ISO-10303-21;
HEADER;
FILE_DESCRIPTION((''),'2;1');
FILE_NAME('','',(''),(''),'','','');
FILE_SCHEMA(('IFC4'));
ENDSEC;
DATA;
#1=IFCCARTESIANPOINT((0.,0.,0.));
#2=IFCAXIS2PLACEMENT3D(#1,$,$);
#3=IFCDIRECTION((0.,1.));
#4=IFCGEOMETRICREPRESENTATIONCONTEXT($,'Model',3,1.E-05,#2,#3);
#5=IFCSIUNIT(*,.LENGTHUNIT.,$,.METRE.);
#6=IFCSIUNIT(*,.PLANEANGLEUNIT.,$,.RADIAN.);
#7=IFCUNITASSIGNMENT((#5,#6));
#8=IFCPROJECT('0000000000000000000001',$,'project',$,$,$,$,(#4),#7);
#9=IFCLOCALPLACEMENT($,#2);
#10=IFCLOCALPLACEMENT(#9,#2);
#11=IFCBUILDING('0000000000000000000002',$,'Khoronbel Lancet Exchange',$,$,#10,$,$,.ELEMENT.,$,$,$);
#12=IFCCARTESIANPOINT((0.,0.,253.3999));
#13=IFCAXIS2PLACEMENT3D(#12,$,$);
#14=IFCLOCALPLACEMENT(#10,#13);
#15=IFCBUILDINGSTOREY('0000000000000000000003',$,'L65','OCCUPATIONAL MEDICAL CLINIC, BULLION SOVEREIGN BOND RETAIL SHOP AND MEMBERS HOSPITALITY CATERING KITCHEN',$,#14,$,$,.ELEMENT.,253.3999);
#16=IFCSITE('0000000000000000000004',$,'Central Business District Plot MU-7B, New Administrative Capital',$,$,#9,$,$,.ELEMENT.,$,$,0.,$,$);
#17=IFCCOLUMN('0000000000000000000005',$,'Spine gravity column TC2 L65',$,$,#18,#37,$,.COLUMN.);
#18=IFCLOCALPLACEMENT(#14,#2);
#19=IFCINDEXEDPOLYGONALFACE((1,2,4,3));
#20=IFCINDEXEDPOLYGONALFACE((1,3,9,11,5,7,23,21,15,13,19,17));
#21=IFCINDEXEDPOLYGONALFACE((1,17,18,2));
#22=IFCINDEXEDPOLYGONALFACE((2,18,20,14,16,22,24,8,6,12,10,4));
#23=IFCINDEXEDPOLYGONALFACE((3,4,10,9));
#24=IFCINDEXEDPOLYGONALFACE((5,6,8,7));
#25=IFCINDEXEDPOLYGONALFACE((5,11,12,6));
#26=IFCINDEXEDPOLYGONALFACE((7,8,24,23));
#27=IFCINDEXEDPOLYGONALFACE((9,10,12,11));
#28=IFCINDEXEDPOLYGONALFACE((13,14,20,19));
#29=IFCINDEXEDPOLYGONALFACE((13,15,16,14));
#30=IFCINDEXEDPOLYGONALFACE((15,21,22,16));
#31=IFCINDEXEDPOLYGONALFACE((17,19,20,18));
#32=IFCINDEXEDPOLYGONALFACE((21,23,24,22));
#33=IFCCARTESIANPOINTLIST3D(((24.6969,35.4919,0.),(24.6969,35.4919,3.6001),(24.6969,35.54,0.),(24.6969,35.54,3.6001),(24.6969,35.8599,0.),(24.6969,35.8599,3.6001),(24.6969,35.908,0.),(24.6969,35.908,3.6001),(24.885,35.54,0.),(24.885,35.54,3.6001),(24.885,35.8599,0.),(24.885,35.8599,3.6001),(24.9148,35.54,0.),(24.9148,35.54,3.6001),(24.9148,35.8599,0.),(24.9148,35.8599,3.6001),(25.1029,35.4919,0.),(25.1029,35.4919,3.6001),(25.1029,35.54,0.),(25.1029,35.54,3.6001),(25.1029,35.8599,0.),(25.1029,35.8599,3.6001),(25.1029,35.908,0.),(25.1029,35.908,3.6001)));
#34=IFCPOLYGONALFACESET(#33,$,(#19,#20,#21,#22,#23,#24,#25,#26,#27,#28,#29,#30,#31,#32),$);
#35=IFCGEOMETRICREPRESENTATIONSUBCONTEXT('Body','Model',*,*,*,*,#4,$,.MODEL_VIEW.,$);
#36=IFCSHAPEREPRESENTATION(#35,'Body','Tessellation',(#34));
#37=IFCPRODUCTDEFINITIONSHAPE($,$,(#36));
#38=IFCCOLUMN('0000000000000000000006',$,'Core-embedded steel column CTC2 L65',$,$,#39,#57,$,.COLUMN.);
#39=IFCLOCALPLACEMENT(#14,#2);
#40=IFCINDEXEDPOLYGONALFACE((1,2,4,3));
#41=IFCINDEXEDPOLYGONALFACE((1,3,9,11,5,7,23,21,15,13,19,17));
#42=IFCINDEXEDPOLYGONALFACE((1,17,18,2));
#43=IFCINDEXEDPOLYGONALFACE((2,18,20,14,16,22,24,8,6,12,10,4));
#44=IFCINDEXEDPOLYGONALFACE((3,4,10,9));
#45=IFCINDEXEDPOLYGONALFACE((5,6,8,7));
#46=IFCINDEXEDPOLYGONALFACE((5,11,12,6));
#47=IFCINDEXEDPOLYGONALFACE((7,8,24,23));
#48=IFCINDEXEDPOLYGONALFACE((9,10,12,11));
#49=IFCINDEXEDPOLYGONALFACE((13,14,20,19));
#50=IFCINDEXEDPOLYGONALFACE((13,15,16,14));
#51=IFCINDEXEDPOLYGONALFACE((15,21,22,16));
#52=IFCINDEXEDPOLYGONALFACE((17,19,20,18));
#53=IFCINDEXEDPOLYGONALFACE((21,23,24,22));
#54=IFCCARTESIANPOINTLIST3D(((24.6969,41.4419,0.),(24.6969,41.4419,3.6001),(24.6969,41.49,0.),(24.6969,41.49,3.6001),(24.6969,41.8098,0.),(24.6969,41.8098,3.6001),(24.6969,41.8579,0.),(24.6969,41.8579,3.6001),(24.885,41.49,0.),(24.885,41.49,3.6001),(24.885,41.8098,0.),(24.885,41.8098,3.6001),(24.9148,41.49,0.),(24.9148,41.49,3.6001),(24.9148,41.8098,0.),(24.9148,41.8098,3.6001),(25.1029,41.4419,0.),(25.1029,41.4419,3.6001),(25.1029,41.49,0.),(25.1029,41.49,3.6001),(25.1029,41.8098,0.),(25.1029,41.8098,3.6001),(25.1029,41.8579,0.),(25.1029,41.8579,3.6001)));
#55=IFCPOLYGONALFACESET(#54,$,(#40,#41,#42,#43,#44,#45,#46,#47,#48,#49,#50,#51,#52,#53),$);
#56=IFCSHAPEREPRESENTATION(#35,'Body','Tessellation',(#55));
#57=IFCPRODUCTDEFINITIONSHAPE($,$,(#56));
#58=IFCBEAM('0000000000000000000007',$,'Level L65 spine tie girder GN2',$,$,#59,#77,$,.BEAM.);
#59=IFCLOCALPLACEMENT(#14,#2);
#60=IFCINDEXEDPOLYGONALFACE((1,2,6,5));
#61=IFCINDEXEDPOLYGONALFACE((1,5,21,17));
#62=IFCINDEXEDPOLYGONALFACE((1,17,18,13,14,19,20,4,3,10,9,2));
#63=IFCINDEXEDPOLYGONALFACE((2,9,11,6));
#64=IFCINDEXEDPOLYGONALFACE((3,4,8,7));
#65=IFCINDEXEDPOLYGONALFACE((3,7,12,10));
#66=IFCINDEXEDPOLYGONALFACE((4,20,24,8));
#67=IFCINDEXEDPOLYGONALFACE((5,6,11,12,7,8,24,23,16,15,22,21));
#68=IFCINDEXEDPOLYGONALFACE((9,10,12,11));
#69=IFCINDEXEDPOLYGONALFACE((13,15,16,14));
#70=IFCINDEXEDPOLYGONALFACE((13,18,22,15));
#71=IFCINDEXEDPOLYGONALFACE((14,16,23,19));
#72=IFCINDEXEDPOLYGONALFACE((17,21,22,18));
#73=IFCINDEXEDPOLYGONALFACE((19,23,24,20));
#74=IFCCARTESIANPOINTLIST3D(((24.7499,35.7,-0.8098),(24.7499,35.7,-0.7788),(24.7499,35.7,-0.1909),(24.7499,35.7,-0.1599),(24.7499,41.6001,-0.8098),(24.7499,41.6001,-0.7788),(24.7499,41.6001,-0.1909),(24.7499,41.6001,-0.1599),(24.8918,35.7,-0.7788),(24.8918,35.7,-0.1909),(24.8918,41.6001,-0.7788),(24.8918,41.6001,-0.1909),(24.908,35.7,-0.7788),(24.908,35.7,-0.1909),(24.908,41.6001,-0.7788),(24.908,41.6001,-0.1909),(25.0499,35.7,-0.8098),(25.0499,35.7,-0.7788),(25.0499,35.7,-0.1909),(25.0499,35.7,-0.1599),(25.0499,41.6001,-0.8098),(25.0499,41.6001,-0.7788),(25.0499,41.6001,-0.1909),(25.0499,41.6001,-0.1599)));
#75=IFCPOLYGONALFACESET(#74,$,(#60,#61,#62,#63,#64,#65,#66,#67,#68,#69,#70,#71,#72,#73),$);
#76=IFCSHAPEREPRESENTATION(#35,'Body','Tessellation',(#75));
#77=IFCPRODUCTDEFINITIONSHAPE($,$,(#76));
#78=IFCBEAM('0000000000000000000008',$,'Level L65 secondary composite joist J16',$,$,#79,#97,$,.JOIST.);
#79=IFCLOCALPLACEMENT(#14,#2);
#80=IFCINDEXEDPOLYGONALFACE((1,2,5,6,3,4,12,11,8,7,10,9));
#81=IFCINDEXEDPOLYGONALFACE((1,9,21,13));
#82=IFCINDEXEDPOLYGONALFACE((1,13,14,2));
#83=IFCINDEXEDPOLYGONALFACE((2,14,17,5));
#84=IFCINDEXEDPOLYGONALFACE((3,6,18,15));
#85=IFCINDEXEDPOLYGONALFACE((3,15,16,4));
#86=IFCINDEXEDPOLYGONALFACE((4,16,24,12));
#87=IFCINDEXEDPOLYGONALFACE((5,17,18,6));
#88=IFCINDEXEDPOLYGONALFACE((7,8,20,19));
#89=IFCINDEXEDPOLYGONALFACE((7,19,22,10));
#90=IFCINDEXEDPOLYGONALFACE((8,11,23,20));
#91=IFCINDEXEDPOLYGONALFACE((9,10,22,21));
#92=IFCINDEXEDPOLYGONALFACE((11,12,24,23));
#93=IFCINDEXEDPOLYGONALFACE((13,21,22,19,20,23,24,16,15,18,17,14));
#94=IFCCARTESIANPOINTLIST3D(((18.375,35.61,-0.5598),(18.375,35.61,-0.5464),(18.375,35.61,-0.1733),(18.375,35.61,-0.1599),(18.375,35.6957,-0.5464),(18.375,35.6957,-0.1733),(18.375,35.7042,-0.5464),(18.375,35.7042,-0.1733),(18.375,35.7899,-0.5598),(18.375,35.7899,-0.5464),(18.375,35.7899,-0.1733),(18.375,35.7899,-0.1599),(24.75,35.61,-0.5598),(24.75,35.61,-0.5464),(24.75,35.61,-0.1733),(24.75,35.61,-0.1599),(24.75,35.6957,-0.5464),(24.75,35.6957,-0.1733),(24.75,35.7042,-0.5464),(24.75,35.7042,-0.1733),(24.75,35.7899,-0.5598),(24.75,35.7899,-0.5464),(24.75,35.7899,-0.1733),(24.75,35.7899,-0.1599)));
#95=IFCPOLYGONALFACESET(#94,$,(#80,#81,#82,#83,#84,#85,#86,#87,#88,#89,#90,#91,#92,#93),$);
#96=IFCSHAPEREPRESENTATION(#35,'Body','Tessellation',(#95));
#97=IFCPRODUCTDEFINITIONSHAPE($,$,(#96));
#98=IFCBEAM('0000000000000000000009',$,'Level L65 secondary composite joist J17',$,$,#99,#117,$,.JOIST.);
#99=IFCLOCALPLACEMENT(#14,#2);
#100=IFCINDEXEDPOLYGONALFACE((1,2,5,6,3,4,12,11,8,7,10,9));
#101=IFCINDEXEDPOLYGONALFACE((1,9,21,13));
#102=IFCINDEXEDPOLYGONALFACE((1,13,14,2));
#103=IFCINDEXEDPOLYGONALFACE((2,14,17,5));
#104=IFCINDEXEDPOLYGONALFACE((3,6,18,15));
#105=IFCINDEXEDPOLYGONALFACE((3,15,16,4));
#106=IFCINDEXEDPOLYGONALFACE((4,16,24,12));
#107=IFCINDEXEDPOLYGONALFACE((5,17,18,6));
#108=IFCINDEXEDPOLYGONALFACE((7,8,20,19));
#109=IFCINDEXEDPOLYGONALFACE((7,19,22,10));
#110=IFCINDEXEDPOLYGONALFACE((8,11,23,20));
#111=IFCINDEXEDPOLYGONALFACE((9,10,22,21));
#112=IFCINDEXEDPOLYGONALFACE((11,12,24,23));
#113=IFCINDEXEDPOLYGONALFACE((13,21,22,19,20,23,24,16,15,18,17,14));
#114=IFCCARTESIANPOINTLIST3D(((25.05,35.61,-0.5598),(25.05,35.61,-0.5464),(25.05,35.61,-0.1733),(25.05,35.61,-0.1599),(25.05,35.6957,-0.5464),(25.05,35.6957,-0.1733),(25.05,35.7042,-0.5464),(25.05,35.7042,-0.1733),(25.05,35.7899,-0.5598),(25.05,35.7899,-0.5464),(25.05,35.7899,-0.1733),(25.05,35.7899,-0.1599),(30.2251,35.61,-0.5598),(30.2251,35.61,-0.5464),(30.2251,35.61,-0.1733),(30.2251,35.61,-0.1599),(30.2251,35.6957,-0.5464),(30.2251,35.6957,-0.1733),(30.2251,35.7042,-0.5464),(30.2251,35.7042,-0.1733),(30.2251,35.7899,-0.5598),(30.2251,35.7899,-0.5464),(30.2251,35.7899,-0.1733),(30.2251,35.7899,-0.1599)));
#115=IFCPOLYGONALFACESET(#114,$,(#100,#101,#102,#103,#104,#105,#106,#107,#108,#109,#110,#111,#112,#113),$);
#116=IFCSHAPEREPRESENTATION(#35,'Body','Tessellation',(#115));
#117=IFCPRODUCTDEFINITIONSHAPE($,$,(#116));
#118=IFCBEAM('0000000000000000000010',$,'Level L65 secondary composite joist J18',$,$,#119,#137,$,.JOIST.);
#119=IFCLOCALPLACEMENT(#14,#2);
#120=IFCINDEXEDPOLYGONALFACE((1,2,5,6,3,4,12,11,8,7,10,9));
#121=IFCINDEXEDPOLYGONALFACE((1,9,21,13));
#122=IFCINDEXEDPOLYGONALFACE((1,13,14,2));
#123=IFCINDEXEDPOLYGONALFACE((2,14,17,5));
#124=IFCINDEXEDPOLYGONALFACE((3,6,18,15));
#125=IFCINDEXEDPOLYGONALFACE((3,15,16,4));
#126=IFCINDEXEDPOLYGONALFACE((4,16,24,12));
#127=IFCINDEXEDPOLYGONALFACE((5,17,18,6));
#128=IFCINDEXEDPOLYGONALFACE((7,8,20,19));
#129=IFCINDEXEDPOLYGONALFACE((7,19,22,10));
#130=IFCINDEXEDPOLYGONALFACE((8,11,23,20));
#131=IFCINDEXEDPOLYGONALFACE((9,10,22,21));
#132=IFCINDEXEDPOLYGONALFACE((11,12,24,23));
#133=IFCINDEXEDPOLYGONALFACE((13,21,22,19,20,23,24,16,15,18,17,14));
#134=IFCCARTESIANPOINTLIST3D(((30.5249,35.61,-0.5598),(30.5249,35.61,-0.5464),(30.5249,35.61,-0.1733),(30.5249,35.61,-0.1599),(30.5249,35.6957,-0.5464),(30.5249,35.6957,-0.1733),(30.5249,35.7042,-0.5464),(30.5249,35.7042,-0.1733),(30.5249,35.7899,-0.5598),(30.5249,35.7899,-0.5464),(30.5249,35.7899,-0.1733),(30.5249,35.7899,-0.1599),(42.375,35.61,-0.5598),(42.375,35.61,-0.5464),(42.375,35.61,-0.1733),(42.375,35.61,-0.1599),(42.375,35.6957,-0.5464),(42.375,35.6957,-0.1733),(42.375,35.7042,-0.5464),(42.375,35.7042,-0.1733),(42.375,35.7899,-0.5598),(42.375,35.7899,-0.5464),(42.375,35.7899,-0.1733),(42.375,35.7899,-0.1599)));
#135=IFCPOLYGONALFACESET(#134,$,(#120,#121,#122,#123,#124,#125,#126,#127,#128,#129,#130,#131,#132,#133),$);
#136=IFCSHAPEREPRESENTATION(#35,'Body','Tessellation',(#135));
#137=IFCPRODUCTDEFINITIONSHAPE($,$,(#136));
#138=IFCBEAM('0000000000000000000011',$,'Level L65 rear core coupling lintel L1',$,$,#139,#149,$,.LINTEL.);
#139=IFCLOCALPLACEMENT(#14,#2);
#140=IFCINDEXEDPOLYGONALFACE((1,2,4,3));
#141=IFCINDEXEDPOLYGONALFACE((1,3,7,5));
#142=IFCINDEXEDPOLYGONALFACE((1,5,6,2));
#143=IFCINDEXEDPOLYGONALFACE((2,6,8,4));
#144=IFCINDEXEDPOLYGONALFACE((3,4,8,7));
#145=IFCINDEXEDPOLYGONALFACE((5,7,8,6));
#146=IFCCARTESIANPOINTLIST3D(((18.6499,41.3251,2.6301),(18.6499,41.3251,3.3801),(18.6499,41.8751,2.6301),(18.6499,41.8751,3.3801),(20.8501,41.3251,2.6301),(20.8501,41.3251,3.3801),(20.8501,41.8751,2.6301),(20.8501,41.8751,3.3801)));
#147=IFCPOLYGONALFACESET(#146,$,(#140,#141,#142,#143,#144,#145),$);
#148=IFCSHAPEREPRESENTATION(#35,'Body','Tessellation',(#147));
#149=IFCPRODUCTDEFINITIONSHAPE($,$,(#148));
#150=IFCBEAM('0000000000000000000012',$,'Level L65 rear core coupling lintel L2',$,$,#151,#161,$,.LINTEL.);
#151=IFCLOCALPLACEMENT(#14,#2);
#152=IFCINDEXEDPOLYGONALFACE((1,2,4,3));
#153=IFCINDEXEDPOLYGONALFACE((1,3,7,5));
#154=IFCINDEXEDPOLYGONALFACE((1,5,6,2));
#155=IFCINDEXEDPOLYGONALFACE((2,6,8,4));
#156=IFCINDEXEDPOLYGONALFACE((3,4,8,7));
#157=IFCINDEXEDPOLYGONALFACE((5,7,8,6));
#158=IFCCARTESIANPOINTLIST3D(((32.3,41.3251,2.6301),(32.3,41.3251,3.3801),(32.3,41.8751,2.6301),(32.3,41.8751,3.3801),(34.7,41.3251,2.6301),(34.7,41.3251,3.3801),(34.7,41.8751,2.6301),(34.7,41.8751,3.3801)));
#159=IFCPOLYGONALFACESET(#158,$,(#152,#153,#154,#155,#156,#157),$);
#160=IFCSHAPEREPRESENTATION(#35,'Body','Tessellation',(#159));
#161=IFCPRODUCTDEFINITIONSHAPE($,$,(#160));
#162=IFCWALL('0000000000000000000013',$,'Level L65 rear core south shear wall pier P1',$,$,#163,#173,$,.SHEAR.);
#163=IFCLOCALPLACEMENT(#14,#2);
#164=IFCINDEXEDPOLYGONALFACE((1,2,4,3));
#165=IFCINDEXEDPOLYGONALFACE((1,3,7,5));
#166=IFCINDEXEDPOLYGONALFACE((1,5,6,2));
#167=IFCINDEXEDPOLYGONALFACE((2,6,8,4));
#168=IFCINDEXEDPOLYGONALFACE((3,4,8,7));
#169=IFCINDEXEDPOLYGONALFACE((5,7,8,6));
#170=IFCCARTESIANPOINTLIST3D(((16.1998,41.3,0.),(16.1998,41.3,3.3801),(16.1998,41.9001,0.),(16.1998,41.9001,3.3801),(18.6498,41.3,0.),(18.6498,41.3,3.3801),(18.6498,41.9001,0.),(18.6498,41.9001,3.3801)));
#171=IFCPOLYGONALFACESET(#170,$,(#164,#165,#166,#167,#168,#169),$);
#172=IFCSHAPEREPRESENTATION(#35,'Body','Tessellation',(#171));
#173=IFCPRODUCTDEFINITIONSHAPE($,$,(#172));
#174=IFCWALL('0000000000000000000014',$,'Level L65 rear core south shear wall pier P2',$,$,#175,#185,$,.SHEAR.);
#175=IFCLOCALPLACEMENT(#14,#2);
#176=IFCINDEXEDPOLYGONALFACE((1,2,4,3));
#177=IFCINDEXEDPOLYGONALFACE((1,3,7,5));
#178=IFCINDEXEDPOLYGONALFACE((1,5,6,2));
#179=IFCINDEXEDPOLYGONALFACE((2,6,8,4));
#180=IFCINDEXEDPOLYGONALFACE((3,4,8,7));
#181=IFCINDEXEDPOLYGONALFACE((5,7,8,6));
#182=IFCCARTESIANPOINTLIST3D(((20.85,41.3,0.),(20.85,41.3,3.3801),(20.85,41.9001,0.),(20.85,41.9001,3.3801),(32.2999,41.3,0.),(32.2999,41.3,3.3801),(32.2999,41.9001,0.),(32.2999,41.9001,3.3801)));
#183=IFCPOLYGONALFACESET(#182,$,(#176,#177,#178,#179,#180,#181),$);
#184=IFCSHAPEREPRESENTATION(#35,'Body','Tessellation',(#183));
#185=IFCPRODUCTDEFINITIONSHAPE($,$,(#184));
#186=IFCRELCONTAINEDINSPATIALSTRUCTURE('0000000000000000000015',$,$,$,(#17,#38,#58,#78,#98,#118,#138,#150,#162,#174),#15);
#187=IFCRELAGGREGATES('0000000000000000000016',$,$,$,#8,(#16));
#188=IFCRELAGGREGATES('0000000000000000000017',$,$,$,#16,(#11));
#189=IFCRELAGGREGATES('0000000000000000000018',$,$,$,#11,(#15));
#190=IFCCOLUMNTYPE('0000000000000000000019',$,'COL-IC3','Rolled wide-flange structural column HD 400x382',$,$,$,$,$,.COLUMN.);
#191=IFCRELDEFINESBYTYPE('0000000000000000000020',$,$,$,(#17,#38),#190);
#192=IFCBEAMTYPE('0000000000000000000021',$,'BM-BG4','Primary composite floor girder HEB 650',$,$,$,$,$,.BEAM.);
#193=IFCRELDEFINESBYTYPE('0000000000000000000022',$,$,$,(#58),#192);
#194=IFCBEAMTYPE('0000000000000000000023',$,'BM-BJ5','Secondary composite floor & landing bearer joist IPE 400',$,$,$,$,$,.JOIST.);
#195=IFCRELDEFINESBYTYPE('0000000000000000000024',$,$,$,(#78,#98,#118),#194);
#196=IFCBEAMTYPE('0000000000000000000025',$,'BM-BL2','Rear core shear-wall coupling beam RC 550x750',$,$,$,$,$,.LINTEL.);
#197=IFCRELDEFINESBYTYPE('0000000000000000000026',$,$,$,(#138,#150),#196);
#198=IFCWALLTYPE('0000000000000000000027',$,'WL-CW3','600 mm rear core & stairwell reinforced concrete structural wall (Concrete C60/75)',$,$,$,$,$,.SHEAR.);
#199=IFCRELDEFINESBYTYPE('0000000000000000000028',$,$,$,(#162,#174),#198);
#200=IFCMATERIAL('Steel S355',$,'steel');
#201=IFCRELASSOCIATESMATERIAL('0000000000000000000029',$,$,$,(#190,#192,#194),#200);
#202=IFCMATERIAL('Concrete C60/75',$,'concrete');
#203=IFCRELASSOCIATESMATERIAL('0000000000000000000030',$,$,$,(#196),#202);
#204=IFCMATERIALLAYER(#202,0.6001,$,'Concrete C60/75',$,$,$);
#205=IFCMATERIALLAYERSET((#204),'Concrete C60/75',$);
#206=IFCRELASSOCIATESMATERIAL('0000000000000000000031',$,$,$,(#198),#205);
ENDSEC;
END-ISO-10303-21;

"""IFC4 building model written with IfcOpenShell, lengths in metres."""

from ifc_helpers import new_model, si_unit, direction, frame, frame_2d, origin, origin_2d, place, context, subcontext, project, spatial, rectangle, i_section, extrude, material, layer, layer_set, material_profile, profile_set, type_object, element, save


model = new_model("IFC4")

# Units and contexts
model_context = context("Model", 3, precision=1e-05, world=origin(), true_north=direction((0.0, 1.0)))
body_context = subcontext(model_context, "Body", "Model", "MODEL_VIEW")
ifc_project = project(units=[si_unit("LENGTHUNIT", "METRE"), si_unit("PLANEANGLEUNIT", "RADIAN")], contexts=[model_context])

# Site, building, storey
site_placement = place(None, origin())
site = spatial("IfcSite", under=ifc_project, at=site_placement, Name="Central Business District Plot MU-7B, New Administrative Capital", CompositionType="ELEMENT", RefElevation=0.0)
building_placement = place(site_placement, origin())
building = spatial("IfcBuilding", under=site, at=building_placement, Name="Khoronbel Lancet Exchange", CompositionType="ELEMENT")
storey_placement = place(building_placement, frame((0.0, 0.0, 253.3999)))
storey = spatial("IfcBuildingStorey", under=building, at=storey_placement, Name="L65", Description="OCCUPATIONAL MEDICAL CLINIC, BULLION SOVEREIGN BOND RETAIL SHOP AND MEMBERS HOSPITALITY CATERING KITCHEN", CompositionType="ELEMENT", Elevation=253.3999)

# Columns
ifc_material_1 = material(Name="Steel S355", Category="steel")
ifc_material_profile_1 = material_profile(ifc_material_1, i_section(OverallWidth=0.406, OverallDepth=0.416, WebThickness=0.0298, FlangeThickness=0.0481, at=origin_2d()), Name="HD 400x382")
ifc_profile_set_1 = profile_set([ifc_material_profile_1], Name="Steel S355")
column_type = type_object("IfcColumnType", Name="COL-IC3", Description="Rolled wide-flange structural column HD 400x382", PredefinedType="COLUMN", material=ifc_profile_set_1)
for number, where, z_axis, x_axis, name in (
    (1, (24.8999, 35.7, 0.0), (0.0, 0.0, 1.0), (1.0, 0.0, 0.0), "Spine gravity column TC2 L65"),
    (2, (24.8999, 41.6499, 0.0), (0.0, 0.0, 1.0), (1.0, 0.0, 0.0), "Core-embedded steel column CTC2 L65"),
):
    element("IfcColumn", number, at=place(storey_placement, frame(where, z_axis=z_axis, x_axis=x_axis)), inside=storey, type_object=column_type, Name=name, PredefinedType="COLUMN", context=body_context, shape_type="SweptSolid", body=[
        extrude(i_section(OverallWidth=0.406, OverallDepth=0.416, WebThickness=0.0298, FlangeThickness=0.0481, at=origin_2d()), origin(), (0.0, 0.0, 1.0), 3.6001),
    ])

# Beams
ifc_material_profile_2 = material_profile(ifc_material_1, i_section(OverallWidth=0.3, OverallDepth=0.6499, WebThickness=0.0161, FlangeThickness=0.031, at=origin_2d()), Name="HEB 650")
ifc_profile_set_2 = profile_set([ifc_material_profile_2], Name="Steel S355")
beam_type_1 = type_object("IfcBeamType", Name="BM-BG4", Description="Primary composite floor girder HEB 650", PredefinedType="BEAM", material=ifc_profile_set_2)
beam_1_placement = place(storey_placement, frame((24.8999, 35.7, -0.4849), z_axis=(0.0, 1.0, 0.0), x_axis=(-1.0, 0.0, 0.0)))
element("IfcBeam", 3, at=beam_1_placement, inside=storey, type_object=beam_type_1, Name="Level L65 spine tie girder GN2", PredefinedType="BEAM", context=body_context, shape_type="SweptSolid", body=[
    extrude(i_section(OverallWidth=0.3, OverallDepth=0.6499, WebThickness=0.0161, FlangeThickness=0.031, at=origin_2d()), origin(), (0.0, 0.0, 1.0), 5.9001),
])
ifc_material_profile_3 = material_profile(ifc_material_1, i_section(OverallWidth=0.1799, OverallDepth=0.3999, WebThickness=0.0085, FlangeThickness=0.0134, at=origin_2d()), Name="IPE 400")
ifc_profile_set_3 = profile_set([ifc_material_profile_3], Name="Steel S355")
beam_type_2 = type_object("IfcBeamType", Name="BM-BJ5", Description="Secondary composite floor & landing bearer joist IPE 400", PredefinedType="JOIST", material=ifc_profile_set_3)
beam_2_placement = place(storey_placement, frame((18.375, 35.7, -0.3599), z_axis=(1.0, 0.0, 0.0), x_axis=(0.0, 1.0, 0.0)))
element("IfcBeam", 4, at=beam_2_placement, inside=storey, type_object=beam_type_2, Name="Level L65 secondary composite joist J16", PredefinedType="JOIST", context=body_context, shape_type="SweptSolid", body=[
    extrude(i_section(OverallWidth=0.1799, OverallDepth=0.3999, WebThickness=0.0085, FlangeThickness=0.0134, at=origin_2d()), origin(), (0.0, 0.0, 1.0), 6.375),
])
beam_3_placement = place(storey_placement, frame((25.05, 35.7, -0.3599), z_axis=(1.0, 0.0, 0.0), x_axis=(0.0, 1.0, 0.0)))
element("IfcBeam", 5, at=beam_3_placement, inside=storey, type_object=beam_type_2, Name="Level L65 secondary composite joist J17", PredefinedType="JOIST", context=body_context, shape_type="SweptSolid", body=[
    extrude(i_section(OverallWidth=0.1799, OverallDepth=0.3999, WebThickness=0.0085, FlangeThickness=0.0134, at=origin_2d()), origin(), (0.0, 0.0, 1.0), 5.175),
])
beam_4_placement = place(storey_placement, frame((30.5249, 35.7, -0.3599), z_axis=(1.0, 0.0, 0.0), x_axis=(0.0, 1.0, 0.0)))
element("IfcBeam", 6, at=beam_4_placement, inside=storey, type_object=beam_type_2, Name="Level L65 secondary composite joist J18", PredefinedType="JOIST", context=body_context, shape_type="SweptSolid", body=[
    extrude(i_section(OverallWidth=0.1799, OverallDepth=0.3999, WebThickness=0.0085, FlangeThickness=0.0134, at=origin_2d()), origin(), (0.0, 0.0, 1.0), 11.8501),
])
ifc_material_2 = material(Name="Concrete C60/75", Category="concrete")
ifc_material_profile_4 = material_profile(ifc_material_2, rectangle(XDim=0.55, YDim=0.75, at=origin_2d()), Name="RC 550x750")
ifc_profile_set_4 = profile_set([ifc_material_profile_4], Name="Concrete C60/75")
beam_type_3 = type_object("IfcBeamType", Name="BM-BL2", Description="Rear core shear-wall coupling beam RC 550x750", PredefinedType="LINTEL", material=ifc_profile_set_4)
beam_5_placement = place(storey_placement, frame((18.6499, 41.6001, 3.0051), z_axis=(1.0, 0.0, 0.0), x_axis=(0.0, 1.0, 0.0)))
element("IfcBeam", 7, at=beam_5_placement, inside=storey, type_object=beam_type_3, Name="Level L65 rear core coupling lintel L1", PredefinedType="LINTEL", context=body_context, shape_type="SweptSolid", body=[
    extrude(rectangle(XDim=0.55, YDim=0.75, at=origin_2d()), origin(), (0.0, 0.0, 1.0), 2.2002),
])
beam_6_placement = place(storey_placement, frame((32.3, 41.6001, 3.0051), z_axis=(1.0, 0.0, 0.0), x_axis=(0.0, 1.0, 0.0)))
element("IfcBeam", 8, at=beam_6_placement, inside=storey, type_object=beam_type_3, Name="Level L65 rear core coupling lintel L2", PredefinedType="LINTEL", context=body_context, shape_type="SweptSolid", body=[
    extrude(rectangle(XDim=0.55, YDim=0.75, at=origin_2d()), origin(), (0.0, 0.0, 1.0), 2.3999),
])

# Walls
ifc_layer_1 = layer(ifc_material_2, 0.6001, Name="Concrete C60/75")
ifc_layer_set_1 = layer_set([ifc_layer_1], Name="Concrete C60/75")
wall_type_1 = type_object("IfcWallType", Name="WL-CW3", Description="600 mm rear core & stairwell reinforced concrete structural wall (Concrete C60/75)", PredefinedType="SHEAR", material=ifc_layer_set_1)
wall_1_placement = place(storey_placement, frame((18.6499, 41.6001, 0.0), z_axis=(0.0, 0.0, 1.0), x_axis=(-1.0, 0.0, 0.0)))
element("IfcWall", 9, at=wall_1_placement, inside=storey, type_object=wall_type_1, Name="Level L65 rear core south shear wall pier P1", PredefinedType="SHEAR", context=body_context, shape_type="SweptSolid", body=[
    extrude(rectangle(XDim=2.45, YDim=0.6001, at=frame_2d((1.2251, 0.0))), origin(), (0.0, 0.0, 1.0), 3.3801),
])
wall_2_placement = place(storey_placement, frame((32.3, 41.6001, 0.0), z_axis=(0.0, 0.0, 1.0), x_axis=(-1.0, 0.0, 0.0)))
element("IfcWall", 10, at=wall_2_placement, inside=storey, type_object=wall_type_1, Name="Level L65 rear core south shear wall pier P2", PredefinedType="SHEAR", context=body_context, shape_type="SweptSolid", body=[
    extrude(rectangle(XDim=11.45, YDim=0.6001, at=frame_2d((5.7251, 0.0))), origin(), (0.0, 0.0, 1.0), 3.3801),
])

save(model, "model.ifc")
